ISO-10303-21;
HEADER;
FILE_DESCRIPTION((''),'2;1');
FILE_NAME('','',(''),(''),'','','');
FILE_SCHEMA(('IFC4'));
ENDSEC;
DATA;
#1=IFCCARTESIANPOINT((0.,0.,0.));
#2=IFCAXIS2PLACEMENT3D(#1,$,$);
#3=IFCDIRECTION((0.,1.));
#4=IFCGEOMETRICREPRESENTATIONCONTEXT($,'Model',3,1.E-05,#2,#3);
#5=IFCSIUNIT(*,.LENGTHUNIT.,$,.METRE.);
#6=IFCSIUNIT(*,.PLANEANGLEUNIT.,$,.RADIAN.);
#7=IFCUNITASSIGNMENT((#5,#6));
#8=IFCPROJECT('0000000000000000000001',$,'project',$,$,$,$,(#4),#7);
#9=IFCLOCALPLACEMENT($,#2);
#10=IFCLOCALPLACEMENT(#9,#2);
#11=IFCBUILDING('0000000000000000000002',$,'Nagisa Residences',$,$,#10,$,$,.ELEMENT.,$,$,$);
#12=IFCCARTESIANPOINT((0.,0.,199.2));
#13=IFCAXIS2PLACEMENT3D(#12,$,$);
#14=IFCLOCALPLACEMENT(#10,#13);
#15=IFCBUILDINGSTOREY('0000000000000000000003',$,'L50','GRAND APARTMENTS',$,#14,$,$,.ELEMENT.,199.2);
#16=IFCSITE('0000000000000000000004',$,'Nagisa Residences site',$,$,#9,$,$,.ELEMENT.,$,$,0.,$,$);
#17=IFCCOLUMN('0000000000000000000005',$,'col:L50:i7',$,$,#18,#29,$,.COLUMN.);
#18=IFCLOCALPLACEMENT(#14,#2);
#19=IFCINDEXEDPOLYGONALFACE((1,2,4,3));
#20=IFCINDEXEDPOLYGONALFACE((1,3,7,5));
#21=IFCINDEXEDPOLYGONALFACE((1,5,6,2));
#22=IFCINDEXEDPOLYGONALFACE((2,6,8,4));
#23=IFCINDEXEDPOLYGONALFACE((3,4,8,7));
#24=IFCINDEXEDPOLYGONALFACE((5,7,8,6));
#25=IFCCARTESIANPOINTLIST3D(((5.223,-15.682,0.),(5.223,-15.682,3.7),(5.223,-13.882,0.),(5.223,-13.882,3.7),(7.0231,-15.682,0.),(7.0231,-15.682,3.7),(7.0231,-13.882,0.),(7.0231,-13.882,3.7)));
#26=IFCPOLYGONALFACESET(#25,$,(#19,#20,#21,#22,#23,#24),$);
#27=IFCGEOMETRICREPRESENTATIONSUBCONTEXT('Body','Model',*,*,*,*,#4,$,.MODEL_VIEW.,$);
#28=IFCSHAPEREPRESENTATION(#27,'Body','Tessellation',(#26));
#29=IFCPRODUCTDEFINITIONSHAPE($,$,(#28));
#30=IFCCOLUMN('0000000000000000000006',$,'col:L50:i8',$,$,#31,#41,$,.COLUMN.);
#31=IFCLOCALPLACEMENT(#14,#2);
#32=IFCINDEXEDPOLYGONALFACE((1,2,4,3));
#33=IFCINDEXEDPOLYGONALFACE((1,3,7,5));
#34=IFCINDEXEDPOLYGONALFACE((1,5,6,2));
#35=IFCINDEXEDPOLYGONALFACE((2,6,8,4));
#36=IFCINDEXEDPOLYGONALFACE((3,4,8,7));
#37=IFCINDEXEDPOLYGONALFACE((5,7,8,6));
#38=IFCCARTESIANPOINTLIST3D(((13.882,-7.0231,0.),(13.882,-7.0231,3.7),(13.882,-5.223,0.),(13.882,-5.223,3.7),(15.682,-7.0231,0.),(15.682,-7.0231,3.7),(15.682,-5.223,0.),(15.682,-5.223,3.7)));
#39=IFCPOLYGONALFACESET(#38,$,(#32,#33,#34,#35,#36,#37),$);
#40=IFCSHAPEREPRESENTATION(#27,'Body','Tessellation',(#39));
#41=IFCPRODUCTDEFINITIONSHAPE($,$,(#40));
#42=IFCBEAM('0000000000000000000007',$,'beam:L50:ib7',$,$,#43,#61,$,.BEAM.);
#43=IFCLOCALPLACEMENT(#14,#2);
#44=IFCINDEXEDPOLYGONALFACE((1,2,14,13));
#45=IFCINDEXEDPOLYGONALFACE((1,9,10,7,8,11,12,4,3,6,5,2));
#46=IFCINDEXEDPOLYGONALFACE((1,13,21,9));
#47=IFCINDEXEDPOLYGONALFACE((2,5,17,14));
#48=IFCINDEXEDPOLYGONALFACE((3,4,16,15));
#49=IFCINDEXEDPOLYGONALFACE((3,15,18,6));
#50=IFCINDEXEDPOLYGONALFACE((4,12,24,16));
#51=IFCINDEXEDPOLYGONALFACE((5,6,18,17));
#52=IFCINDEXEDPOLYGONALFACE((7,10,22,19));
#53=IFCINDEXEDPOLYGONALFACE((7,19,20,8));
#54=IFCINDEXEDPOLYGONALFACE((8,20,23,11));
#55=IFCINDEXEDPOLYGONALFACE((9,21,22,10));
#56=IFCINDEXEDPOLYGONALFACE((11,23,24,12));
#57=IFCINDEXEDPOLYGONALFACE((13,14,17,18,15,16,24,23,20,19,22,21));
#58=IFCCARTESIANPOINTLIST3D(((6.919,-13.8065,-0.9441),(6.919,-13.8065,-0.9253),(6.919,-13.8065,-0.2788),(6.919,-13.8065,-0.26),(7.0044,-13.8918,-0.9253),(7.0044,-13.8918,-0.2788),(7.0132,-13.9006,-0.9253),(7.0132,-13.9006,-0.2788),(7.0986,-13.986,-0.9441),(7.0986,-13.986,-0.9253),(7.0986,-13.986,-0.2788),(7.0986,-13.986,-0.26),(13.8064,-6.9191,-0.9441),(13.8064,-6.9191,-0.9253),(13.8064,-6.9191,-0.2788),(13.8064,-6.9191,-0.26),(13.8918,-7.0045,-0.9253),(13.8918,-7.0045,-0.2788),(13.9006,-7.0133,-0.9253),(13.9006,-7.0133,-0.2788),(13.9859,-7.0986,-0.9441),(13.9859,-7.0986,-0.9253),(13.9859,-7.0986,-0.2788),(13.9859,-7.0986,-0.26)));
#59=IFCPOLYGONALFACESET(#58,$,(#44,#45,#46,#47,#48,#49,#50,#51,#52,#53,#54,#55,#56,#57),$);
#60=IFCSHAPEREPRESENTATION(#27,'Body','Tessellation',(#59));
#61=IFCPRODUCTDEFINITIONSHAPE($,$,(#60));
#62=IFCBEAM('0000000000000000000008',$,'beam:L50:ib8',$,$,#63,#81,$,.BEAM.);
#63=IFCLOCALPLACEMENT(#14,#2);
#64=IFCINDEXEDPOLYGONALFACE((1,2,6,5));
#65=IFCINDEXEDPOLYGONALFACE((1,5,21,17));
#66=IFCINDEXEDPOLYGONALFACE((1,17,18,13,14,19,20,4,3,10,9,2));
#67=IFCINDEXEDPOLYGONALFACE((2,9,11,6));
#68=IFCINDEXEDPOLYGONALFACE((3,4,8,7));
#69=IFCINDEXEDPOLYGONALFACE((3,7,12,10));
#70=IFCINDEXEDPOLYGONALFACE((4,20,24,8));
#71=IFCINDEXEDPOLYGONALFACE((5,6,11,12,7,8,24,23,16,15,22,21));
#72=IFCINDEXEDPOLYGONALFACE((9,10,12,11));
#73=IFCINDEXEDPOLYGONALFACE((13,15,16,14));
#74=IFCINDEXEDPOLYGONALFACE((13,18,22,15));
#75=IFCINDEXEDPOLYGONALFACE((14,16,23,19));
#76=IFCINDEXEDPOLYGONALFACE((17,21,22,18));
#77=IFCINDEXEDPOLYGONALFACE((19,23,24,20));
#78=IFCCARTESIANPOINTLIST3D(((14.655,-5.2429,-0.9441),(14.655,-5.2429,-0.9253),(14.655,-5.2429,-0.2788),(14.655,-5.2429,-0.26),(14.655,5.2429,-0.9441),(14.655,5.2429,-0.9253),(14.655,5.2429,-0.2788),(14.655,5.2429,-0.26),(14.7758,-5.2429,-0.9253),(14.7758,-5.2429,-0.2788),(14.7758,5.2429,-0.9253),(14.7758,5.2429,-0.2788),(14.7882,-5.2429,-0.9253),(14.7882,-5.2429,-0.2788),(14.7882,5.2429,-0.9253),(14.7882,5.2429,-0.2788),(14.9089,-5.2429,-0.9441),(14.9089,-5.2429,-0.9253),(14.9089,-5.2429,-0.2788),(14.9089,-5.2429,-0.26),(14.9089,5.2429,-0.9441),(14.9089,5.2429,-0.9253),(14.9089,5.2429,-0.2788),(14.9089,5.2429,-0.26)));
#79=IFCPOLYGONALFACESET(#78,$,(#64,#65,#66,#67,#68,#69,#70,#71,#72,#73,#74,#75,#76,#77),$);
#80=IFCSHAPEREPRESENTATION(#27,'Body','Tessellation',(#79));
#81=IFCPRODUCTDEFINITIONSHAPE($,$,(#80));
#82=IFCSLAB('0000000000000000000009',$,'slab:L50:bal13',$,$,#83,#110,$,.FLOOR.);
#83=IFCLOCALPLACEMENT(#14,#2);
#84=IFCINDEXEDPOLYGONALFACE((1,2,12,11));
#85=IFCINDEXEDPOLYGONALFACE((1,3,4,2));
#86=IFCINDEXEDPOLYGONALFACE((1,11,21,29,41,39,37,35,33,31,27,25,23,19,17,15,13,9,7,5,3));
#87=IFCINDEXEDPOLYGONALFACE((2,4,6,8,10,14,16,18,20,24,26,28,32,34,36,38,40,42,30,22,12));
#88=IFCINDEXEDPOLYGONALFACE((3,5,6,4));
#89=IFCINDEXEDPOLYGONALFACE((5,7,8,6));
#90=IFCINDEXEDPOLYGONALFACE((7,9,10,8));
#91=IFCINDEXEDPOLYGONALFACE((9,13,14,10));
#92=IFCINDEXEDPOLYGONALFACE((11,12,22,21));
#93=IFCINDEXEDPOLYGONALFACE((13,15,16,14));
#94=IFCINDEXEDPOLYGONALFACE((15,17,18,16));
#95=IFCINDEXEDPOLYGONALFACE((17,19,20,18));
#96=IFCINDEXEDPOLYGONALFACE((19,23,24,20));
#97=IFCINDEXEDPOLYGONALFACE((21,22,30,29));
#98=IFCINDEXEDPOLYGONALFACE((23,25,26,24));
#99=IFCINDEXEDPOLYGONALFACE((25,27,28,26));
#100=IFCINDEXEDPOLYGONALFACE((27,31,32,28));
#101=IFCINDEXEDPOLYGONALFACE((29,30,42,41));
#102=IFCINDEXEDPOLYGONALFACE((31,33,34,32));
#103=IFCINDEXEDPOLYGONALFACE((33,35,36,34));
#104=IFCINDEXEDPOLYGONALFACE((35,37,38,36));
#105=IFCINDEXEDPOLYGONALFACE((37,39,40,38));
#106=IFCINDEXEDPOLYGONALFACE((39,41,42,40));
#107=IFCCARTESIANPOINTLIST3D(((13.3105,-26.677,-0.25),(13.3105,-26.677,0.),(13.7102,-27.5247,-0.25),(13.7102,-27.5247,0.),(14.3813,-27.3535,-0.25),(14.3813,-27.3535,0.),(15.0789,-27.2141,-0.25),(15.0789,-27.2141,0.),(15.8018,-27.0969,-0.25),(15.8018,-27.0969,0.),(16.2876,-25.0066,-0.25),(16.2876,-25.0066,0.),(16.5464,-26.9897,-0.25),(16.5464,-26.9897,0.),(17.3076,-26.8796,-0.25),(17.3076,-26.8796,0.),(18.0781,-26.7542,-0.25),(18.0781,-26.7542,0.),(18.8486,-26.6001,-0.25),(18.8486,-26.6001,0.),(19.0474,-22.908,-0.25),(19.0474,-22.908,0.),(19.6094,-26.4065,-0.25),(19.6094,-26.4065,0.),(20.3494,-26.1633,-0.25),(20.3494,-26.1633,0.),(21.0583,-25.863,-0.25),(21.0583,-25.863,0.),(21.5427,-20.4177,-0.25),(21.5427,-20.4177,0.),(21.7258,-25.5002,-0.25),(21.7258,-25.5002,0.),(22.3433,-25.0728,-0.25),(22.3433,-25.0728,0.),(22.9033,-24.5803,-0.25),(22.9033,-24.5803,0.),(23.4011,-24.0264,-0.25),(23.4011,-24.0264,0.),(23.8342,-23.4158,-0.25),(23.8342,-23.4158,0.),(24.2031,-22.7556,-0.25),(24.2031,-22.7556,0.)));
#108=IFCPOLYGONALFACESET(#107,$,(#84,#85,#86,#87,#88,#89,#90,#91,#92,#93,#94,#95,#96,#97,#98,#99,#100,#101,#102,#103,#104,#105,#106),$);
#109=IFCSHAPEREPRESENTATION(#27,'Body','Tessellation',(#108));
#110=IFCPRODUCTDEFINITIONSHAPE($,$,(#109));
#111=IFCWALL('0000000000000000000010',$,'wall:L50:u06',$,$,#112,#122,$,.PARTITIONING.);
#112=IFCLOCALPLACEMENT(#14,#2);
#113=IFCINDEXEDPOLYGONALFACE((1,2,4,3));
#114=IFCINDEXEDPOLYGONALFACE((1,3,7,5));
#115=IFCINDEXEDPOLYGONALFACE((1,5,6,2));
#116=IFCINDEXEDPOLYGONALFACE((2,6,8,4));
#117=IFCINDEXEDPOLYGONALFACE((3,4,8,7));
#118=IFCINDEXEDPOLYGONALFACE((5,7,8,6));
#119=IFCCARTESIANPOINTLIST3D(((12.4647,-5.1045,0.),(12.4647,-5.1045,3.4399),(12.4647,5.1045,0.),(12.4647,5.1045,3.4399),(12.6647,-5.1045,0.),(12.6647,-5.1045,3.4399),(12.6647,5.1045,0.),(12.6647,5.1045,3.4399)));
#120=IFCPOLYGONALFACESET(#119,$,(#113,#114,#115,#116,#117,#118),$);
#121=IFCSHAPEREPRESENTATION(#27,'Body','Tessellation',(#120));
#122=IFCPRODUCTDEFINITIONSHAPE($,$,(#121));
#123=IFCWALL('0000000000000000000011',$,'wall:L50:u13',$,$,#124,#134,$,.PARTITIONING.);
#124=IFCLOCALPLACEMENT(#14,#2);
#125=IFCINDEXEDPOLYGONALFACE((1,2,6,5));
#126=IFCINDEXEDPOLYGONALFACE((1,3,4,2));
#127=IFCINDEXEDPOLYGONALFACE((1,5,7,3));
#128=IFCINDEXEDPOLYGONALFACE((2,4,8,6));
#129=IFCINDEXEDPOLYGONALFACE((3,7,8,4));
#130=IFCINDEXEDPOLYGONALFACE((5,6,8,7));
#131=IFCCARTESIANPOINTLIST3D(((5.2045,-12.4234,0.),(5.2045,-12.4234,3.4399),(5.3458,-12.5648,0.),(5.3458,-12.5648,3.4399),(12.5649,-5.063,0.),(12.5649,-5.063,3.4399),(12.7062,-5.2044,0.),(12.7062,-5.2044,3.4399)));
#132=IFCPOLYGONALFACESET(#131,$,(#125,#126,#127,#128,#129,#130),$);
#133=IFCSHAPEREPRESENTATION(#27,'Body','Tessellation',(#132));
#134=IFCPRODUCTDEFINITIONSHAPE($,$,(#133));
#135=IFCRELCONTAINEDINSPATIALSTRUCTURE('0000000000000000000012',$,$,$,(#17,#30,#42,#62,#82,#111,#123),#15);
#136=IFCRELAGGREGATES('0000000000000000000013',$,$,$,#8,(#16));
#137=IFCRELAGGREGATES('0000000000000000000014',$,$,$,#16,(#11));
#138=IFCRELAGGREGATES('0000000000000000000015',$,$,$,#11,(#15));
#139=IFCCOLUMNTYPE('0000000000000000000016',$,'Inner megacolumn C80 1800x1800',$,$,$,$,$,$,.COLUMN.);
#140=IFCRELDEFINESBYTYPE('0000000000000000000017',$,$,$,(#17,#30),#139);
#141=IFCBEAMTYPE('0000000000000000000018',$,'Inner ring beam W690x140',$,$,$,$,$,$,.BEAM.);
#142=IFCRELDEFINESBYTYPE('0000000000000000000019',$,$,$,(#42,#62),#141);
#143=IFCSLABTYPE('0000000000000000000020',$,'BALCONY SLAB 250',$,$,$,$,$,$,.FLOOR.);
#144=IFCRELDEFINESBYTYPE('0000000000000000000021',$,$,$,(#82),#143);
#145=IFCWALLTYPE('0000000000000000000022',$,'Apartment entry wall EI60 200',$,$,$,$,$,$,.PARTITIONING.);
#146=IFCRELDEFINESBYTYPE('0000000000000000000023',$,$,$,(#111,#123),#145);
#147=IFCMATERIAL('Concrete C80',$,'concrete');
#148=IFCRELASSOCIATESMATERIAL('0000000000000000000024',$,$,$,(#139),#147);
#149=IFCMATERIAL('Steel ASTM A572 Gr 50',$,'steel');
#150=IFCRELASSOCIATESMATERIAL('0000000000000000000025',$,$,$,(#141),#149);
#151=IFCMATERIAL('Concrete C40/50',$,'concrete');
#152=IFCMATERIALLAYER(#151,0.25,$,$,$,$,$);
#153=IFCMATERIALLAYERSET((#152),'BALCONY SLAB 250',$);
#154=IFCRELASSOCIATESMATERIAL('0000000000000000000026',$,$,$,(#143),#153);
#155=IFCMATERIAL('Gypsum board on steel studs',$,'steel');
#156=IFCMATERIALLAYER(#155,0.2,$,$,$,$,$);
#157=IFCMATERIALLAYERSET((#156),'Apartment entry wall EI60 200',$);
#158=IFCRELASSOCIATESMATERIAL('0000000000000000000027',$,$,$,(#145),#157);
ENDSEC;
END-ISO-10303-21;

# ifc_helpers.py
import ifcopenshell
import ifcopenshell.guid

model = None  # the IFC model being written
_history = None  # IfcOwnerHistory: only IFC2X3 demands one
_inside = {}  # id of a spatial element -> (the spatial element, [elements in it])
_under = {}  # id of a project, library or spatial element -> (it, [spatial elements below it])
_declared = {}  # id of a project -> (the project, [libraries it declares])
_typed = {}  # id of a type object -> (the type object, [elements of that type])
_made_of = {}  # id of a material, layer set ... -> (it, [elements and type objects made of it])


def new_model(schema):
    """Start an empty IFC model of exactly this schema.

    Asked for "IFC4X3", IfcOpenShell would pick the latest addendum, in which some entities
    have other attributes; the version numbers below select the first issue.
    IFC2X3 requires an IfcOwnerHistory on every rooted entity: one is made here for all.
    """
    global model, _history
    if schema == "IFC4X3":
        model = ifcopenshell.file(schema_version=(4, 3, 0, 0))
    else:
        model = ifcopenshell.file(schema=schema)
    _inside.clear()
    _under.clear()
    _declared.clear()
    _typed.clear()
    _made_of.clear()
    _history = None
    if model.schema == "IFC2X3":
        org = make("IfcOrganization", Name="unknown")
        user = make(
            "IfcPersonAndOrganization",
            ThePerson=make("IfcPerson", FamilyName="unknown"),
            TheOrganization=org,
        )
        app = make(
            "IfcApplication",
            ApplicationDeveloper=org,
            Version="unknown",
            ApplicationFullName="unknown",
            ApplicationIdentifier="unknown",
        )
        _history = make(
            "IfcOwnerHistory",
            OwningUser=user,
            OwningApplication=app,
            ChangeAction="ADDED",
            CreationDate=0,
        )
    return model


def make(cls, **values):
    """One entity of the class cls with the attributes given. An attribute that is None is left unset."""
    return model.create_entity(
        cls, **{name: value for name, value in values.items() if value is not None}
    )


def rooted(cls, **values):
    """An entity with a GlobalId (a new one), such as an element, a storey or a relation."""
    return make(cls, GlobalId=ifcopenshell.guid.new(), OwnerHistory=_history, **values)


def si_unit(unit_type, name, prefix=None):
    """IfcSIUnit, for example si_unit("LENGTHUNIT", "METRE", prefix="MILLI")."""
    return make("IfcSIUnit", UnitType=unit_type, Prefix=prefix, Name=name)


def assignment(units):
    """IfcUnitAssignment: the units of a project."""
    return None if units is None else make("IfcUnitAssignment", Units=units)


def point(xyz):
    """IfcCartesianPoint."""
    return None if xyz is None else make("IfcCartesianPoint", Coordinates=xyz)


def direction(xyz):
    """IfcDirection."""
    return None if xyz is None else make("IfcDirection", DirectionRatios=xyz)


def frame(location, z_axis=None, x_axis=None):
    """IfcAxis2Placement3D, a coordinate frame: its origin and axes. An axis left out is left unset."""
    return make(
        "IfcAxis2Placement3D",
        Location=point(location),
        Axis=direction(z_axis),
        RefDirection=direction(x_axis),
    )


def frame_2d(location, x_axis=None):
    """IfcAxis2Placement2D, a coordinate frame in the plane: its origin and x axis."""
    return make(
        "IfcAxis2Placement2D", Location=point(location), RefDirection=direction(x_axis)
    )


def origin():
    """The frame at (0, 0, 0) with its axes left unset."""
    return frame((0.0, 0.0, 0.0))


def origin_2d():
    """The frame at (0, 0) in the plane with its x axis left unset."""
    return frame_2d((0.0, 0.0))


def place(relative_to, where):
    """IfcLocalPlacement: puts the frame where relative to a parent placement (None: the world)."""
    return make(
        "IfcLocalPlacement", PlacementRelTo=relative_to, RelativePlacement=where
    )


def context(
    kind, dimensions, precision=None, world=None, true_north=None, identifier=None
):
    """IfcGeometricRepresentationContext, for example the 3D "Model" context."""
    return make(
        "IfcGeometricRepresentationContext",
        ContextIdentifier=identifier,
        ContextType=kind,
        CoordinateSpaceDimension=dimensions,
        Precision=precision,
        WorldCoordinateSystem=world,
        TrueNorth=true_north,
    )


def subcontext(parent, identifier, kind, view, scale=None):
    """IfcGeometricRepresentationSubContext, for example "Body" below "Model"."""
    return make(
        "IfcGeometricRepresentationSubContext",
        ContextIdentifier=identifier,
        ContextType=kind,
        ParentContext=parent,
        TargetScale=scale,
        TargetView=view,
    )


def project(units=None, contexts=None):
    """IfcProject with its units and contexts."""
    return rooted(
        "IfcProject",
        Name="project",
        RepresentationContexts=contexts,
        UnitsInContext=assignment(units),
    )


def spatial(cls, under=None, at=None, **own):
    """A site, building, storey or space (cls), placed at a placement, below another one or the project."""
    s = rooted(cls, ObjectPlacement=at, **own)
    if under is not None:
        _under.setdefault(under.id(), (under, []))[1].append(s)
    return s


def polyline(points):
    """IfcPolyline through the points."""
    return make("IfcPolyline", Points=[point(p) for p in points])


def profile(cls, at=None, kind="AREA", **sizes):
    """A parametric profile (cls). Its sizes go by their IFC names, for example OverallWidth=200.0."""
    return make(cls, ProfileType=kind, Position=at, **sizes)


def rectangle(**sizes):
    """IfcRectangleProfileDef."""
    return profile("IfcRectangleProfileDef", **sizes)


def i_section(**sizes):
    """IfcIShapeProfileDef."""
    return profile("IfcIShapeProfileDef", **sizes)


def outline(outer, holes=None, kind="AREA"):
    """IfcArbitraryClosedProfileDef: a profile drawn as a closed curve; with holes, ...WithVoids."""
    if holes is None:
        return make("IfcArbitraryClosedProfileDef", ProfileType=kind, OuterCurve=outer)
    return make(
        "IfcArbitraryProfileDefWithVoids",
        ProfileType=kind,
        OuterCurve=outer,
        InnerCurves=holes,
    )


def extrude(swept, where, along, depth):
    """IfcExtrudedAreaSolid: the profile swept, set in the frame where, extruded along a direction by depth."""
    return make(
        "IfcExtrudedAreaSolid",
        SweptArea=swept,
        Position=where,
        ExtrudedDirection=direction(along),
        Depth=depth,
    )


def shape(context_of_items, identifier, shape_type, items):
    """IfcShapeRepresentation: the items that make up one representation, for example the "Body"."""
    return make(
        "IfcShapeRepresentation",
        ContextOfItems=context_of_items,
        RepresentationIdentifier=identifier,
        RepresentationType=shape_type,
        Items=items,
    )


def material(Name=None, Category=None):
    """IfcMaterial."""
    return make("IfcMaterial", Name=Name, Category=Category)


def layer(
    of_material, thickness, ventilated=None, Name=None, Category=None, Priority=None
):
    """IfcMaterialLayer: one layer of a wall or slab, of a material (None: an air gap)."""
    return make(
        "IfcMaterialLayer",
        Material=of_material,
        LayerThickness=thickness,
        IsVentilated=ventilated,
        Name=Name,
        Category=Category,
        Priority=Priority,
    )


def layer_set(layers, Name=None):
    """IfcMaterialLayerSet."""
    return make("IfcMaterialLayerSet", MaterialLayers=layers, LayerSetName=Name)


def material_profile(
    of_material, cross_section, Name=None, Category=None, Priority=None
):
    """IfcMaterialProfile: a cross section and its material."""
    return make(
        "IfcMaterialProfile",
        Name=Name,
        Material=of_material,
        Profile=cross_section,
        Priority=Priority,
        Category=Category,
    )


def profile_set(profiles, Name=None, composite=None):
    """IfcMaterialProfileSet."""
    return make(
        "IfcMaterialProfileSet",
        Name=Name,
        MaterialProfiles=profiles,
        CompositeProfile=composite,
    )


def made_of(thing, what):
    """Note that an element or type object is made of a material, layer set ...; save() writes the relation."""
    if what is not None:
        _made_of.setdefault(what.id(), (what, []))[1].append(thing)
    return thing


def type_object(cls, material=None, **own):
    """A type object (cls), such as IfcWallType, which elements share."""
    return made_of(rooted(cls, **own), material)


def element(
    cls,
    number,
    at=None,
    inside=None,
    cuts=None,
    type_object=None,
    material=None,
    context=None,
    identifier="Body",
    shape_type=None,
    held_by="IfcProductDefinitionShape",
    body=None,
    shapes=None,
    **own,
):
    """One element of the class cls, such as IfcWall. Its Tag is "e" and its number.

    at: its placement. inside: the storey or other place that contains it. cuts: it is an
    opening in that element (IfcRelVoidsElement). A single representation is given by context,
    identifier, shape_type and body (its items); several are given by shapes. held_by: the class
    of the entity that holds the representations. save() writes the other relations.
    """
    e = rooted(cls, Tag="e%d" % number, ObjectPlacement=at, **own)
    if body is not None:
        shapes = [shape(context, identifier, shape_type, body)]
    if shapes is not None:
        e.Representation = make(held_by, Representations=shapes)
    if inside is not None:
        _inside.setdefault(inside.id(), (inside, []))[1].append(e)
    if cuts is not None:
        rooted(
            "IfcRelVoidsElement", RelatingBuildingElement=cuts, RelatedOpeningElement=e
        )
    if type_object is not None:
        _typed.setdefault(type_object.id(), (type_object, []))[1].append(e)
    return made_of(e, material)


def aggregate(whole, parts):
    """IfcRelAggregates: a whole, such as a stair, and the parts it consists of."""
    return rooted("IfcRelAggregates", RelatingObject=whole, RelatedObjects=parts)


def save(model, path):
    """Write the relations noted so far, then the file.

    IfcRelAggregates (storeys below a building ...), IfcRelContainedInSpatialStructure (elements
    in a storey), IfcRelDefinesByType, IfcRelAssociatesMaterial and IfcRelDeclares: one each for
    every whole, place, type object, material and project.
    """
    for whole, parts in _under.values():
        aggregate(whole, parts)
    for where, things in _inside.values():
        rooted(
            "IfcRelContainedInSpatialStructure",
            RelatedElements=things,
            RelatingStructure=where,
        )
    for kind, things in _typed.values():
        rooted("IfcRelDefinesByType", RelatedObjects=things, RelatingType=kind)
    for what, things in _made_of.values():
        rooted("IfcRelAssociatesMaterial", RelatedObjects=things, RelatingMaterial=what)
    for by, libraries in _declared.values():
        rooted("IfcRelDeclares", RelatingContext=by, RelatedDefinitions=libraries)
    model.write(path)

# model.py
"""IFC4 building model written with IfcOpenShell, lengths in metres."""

from ifc_helpers import new_model, si_unit, direction, frame, frame_2d, origin, origin_2d, place, context, subcontext, project, spatial, polyline, rectangle, i_section, outline, extrude, material, layer, layer_set, material_profile, profile_set, type_object, element, save


model = new_model("IFC4")

# Units and contexts
model_context = context("Model", 3, precision=1e-05, world=origin(), true_north=direction((0.0, 1.0)))
body_context = subcontext(model_context, "Body", "Model", "MODEL_VIEW")
ifc_project = project(units=[si_unit("LENGTHUNIT", "METRE"), si_unit("PLANEANGLEUNIT", "RADIAN")], contexts=[model_context])

# Site, building, storey
site_placement = place(None, origin())
site = spatial("IfcSite", under=ifc_project, at=site_placement, Name="Nagisa Residences site", CompositionType="ELEMENT", RefElevation=0.0)
building_placement = place(site_placement, origin())
building = spatial("IfcBuilding", under=site, at=building_placement, Name="Nagisa Residences", CompositionType="ELEMENT")
storey_placement = place(building_placement, frame((0.0, 0.0, 199.2)))
storey = spatial("IfcBuildingStorey", under=building, at=storey_placement, Name="L50", Description="GRAND APARTMENTS", CompositionType="ELEMENT", Elevation=199.2)

# Columns
ifc_material_1 = material(Name="Concrete C80", Category="concrete")
ifc_material_profile_1 = material_profile(ifc_material_1, rectangle(XDim=1.8, YDim=1.8, at=origin_2d()), Name="C80 1800x1800")
ifc_profile_set_1 = profile_set([ifc_material_profile_1], Name="Concrete C80")
column_type = type_object("IfcColumnType", Name="Inner megacolumn C80 1800x1800", PredefinedType="COLUMN", material=ifc_profile_set_1)
for number, where, z_axis, x_axis, name in (
    (1, (6.123, -14.782, 0.0), (0.0, 0.0, 1.0), (1.0, 0.0, 0.0), "col:L50:i7"),
    (2, (14.782, -6.123, 0.0), (0.0, 0.0, 1.0), (1.0, 0.0, 0.0), "col:L50:i8"),
):
    element("IfcColumn", number, at=place(storey_placement, frame(where, z_axis=z_axis, x_axis=x_axis)), inside=storey, type_object=column_type, Name=name, PredefinedType="COLUMN", context=body_context, shape_type="SweptSolid", body=[
        extrude(rectangle(XDim=1.8, YDim=1.8, at=origin_2d()), origin(), (0.0, 0.0, 1.0), 3.7),
    ])

# Beams
ifc_material_2 = material(Name="Steel ASTM A572 Gr 50", Category="steel")
ifc_material_profile_2 = material_profile(ifc_material_2, i_section(OverallWidth=0.2539, OverallDepth=0.6841, WebThickness=0.0125, FlangeThickness=0.0188, at=origin_2d()), Name="W690x140")
ifc_profile_set_2 = profile_set([ifc_material_profile_2], Name="Steel ASTM A572 Gr 50")
beam_type = type_object("IfcBeamType", Name="Inner ring beam W690x140", PredefinedType="BEAM", material=ifc_profile_set_2)
beam_1_placement = place(storey_placement, frame((7.0088, -13.8962, -0.6021), z_axis=(0.707107, 0.707107, 0.0), x_axis=(-0.707107, 0.707107, 0.0)))
element("IfcBeam", 3, at=beam_1_placement, inside=storey, type_object=beam_type, Name="beam:L50:ib7", PredefinedType="BEAM", context=body_context, shape_type="SweptSolid", body=[
    extrude(i_section(OverallWidth=0.2539, OverallDepth=0.6841, WebThickness=0.0125, FlangeThickness=0.0188, at=origin_2d()), origin(), (0.0, 0.0, 1.0), 9.7402),
])
beam_2_placement = place(storey_placement, frame((14.782, -5.2429, -0.6021), z_axis=(0.0, 1.0, 0.0), x_axis=(-1.0, 0.0, 0.0)))
element("IfcBeam", 4, at=beam_2_placement, inside=storey, type_object=beam_type, Name="beam:L50:ib8", PredefinedType="BEAM", context=body_context, shape_type="SweptSolid", body=[
    extrude(i_section(OverallWidth=0.2539, OverallDepth=0.6841, WebThickness=0.0125, FlangeThickness=0.0188, at=origin_2d()), origin(), (0.0, 0.0, 1.0), 10.4858),
])

# Slab
ifc_material_3 = material(Name="Concrete C40/50", Category="concrete")
ifc_layer_1 = layer(ifc_material_3, 0.25)
ifc_layer_set_1 = layer_set([ifc_layer_1], Name="BALCONY SLAB 250")
slab_type = type_object("IfcSlabType", Name="BALCONY SLAB 250", PredefinedType="FLOOR", material=ifc_layer_set_1)
slab_placement = place(storey_placement, frame((0.0, 0.0, -0.25)))
element("IfcSlab", 5, at=slab_placement, inside=storey, type_object=slab_type, Name="slab:L50:bal13", PredefinedType="FLOOR", context=body_context, shape_type="SweptSolid", body=[
    extrude(outline(polyline([(13.7102, -27.5247), (14.3813, -27.3535), (15.0789, -27.2141), (15.8018, -27.0969), (16.5464, -26.9897), (17.3076, -26.8796), (18.0781, -26.7542), (18.8486, -26.6001), (19.6094, -26.4065), (20.3494, -26.1633), (21.0583, -25.863), (21.7258, -25.5002), (22.3433, -25.0728), (22.9033, -24.5803), (23.4011, -24.0264), (23.8342, -23.4158), (24.2031, -22.7556), (21.5427, -20.4177), (19.0474, -22.908), (16.2876, -25.0066), (13.3105, -26.677), (13.7102, -27.5247)])), origin(), (0.0, 0.0, 1.0), 0.25),
])

# Walls
ifc_material_4 = material(Name="Gypsum board on steel studs", Category="steel")
ifc_layer_2 = layer(ifc_material_4, 0.2)
ifc_layer_set_2 = layer_set([ifc_layer_2], Name="Apartment entry wall EI60 200")
wall_type_1 = type_object("IfcWallType", Name="Apartment entry wall EI60 200", PredefinedType="PARTITIONING", material=ifc_layer_set_2)
wall_1_placement = place(storey_placement, frame((12.5647, -5.1045, 0.0), z_axis=(0.0, 0.0, 1.0), x_axis=(0.0, 1.0, 0.0)))
element("IfcWall", 6, at=wall_1_placement, inside=storey, type_object=wall_type_1, Name="wall:L50:u06", PredefinedType="PARTITIONING", context=body_context, shape_type="SweptSolid", body=[
    extrude(rectangle(XDim=10.209, YDim=0.2, at=frame_2d((5.1045, 0.0))), origin(), (0.0, 0.0, 1.0), 3.4399),
])
wall_2_placement = place(storey_placement, frame((5.2751, -12.4941, 0.0), z_axis=(0.0, 0.0, 1.0), x_axis=(0.707107, 0.707107, 0.0)))
element("IfcWall", 7, at=wall_2_placement, inside=storey, type_object=wall_type_1, Name="wall:L50:u13", PredefinedType="PARTITIONING", context=body_context, shape_type="SweptSolid", body=[
    extrude(rectangle(XDim=10.4092, YDim=0.2, at=frame_2d((5.2046, 0.0))), origin(), (0.0, 0.0, 1.0), 3.4399),
])

save(model, "model.ifc")
